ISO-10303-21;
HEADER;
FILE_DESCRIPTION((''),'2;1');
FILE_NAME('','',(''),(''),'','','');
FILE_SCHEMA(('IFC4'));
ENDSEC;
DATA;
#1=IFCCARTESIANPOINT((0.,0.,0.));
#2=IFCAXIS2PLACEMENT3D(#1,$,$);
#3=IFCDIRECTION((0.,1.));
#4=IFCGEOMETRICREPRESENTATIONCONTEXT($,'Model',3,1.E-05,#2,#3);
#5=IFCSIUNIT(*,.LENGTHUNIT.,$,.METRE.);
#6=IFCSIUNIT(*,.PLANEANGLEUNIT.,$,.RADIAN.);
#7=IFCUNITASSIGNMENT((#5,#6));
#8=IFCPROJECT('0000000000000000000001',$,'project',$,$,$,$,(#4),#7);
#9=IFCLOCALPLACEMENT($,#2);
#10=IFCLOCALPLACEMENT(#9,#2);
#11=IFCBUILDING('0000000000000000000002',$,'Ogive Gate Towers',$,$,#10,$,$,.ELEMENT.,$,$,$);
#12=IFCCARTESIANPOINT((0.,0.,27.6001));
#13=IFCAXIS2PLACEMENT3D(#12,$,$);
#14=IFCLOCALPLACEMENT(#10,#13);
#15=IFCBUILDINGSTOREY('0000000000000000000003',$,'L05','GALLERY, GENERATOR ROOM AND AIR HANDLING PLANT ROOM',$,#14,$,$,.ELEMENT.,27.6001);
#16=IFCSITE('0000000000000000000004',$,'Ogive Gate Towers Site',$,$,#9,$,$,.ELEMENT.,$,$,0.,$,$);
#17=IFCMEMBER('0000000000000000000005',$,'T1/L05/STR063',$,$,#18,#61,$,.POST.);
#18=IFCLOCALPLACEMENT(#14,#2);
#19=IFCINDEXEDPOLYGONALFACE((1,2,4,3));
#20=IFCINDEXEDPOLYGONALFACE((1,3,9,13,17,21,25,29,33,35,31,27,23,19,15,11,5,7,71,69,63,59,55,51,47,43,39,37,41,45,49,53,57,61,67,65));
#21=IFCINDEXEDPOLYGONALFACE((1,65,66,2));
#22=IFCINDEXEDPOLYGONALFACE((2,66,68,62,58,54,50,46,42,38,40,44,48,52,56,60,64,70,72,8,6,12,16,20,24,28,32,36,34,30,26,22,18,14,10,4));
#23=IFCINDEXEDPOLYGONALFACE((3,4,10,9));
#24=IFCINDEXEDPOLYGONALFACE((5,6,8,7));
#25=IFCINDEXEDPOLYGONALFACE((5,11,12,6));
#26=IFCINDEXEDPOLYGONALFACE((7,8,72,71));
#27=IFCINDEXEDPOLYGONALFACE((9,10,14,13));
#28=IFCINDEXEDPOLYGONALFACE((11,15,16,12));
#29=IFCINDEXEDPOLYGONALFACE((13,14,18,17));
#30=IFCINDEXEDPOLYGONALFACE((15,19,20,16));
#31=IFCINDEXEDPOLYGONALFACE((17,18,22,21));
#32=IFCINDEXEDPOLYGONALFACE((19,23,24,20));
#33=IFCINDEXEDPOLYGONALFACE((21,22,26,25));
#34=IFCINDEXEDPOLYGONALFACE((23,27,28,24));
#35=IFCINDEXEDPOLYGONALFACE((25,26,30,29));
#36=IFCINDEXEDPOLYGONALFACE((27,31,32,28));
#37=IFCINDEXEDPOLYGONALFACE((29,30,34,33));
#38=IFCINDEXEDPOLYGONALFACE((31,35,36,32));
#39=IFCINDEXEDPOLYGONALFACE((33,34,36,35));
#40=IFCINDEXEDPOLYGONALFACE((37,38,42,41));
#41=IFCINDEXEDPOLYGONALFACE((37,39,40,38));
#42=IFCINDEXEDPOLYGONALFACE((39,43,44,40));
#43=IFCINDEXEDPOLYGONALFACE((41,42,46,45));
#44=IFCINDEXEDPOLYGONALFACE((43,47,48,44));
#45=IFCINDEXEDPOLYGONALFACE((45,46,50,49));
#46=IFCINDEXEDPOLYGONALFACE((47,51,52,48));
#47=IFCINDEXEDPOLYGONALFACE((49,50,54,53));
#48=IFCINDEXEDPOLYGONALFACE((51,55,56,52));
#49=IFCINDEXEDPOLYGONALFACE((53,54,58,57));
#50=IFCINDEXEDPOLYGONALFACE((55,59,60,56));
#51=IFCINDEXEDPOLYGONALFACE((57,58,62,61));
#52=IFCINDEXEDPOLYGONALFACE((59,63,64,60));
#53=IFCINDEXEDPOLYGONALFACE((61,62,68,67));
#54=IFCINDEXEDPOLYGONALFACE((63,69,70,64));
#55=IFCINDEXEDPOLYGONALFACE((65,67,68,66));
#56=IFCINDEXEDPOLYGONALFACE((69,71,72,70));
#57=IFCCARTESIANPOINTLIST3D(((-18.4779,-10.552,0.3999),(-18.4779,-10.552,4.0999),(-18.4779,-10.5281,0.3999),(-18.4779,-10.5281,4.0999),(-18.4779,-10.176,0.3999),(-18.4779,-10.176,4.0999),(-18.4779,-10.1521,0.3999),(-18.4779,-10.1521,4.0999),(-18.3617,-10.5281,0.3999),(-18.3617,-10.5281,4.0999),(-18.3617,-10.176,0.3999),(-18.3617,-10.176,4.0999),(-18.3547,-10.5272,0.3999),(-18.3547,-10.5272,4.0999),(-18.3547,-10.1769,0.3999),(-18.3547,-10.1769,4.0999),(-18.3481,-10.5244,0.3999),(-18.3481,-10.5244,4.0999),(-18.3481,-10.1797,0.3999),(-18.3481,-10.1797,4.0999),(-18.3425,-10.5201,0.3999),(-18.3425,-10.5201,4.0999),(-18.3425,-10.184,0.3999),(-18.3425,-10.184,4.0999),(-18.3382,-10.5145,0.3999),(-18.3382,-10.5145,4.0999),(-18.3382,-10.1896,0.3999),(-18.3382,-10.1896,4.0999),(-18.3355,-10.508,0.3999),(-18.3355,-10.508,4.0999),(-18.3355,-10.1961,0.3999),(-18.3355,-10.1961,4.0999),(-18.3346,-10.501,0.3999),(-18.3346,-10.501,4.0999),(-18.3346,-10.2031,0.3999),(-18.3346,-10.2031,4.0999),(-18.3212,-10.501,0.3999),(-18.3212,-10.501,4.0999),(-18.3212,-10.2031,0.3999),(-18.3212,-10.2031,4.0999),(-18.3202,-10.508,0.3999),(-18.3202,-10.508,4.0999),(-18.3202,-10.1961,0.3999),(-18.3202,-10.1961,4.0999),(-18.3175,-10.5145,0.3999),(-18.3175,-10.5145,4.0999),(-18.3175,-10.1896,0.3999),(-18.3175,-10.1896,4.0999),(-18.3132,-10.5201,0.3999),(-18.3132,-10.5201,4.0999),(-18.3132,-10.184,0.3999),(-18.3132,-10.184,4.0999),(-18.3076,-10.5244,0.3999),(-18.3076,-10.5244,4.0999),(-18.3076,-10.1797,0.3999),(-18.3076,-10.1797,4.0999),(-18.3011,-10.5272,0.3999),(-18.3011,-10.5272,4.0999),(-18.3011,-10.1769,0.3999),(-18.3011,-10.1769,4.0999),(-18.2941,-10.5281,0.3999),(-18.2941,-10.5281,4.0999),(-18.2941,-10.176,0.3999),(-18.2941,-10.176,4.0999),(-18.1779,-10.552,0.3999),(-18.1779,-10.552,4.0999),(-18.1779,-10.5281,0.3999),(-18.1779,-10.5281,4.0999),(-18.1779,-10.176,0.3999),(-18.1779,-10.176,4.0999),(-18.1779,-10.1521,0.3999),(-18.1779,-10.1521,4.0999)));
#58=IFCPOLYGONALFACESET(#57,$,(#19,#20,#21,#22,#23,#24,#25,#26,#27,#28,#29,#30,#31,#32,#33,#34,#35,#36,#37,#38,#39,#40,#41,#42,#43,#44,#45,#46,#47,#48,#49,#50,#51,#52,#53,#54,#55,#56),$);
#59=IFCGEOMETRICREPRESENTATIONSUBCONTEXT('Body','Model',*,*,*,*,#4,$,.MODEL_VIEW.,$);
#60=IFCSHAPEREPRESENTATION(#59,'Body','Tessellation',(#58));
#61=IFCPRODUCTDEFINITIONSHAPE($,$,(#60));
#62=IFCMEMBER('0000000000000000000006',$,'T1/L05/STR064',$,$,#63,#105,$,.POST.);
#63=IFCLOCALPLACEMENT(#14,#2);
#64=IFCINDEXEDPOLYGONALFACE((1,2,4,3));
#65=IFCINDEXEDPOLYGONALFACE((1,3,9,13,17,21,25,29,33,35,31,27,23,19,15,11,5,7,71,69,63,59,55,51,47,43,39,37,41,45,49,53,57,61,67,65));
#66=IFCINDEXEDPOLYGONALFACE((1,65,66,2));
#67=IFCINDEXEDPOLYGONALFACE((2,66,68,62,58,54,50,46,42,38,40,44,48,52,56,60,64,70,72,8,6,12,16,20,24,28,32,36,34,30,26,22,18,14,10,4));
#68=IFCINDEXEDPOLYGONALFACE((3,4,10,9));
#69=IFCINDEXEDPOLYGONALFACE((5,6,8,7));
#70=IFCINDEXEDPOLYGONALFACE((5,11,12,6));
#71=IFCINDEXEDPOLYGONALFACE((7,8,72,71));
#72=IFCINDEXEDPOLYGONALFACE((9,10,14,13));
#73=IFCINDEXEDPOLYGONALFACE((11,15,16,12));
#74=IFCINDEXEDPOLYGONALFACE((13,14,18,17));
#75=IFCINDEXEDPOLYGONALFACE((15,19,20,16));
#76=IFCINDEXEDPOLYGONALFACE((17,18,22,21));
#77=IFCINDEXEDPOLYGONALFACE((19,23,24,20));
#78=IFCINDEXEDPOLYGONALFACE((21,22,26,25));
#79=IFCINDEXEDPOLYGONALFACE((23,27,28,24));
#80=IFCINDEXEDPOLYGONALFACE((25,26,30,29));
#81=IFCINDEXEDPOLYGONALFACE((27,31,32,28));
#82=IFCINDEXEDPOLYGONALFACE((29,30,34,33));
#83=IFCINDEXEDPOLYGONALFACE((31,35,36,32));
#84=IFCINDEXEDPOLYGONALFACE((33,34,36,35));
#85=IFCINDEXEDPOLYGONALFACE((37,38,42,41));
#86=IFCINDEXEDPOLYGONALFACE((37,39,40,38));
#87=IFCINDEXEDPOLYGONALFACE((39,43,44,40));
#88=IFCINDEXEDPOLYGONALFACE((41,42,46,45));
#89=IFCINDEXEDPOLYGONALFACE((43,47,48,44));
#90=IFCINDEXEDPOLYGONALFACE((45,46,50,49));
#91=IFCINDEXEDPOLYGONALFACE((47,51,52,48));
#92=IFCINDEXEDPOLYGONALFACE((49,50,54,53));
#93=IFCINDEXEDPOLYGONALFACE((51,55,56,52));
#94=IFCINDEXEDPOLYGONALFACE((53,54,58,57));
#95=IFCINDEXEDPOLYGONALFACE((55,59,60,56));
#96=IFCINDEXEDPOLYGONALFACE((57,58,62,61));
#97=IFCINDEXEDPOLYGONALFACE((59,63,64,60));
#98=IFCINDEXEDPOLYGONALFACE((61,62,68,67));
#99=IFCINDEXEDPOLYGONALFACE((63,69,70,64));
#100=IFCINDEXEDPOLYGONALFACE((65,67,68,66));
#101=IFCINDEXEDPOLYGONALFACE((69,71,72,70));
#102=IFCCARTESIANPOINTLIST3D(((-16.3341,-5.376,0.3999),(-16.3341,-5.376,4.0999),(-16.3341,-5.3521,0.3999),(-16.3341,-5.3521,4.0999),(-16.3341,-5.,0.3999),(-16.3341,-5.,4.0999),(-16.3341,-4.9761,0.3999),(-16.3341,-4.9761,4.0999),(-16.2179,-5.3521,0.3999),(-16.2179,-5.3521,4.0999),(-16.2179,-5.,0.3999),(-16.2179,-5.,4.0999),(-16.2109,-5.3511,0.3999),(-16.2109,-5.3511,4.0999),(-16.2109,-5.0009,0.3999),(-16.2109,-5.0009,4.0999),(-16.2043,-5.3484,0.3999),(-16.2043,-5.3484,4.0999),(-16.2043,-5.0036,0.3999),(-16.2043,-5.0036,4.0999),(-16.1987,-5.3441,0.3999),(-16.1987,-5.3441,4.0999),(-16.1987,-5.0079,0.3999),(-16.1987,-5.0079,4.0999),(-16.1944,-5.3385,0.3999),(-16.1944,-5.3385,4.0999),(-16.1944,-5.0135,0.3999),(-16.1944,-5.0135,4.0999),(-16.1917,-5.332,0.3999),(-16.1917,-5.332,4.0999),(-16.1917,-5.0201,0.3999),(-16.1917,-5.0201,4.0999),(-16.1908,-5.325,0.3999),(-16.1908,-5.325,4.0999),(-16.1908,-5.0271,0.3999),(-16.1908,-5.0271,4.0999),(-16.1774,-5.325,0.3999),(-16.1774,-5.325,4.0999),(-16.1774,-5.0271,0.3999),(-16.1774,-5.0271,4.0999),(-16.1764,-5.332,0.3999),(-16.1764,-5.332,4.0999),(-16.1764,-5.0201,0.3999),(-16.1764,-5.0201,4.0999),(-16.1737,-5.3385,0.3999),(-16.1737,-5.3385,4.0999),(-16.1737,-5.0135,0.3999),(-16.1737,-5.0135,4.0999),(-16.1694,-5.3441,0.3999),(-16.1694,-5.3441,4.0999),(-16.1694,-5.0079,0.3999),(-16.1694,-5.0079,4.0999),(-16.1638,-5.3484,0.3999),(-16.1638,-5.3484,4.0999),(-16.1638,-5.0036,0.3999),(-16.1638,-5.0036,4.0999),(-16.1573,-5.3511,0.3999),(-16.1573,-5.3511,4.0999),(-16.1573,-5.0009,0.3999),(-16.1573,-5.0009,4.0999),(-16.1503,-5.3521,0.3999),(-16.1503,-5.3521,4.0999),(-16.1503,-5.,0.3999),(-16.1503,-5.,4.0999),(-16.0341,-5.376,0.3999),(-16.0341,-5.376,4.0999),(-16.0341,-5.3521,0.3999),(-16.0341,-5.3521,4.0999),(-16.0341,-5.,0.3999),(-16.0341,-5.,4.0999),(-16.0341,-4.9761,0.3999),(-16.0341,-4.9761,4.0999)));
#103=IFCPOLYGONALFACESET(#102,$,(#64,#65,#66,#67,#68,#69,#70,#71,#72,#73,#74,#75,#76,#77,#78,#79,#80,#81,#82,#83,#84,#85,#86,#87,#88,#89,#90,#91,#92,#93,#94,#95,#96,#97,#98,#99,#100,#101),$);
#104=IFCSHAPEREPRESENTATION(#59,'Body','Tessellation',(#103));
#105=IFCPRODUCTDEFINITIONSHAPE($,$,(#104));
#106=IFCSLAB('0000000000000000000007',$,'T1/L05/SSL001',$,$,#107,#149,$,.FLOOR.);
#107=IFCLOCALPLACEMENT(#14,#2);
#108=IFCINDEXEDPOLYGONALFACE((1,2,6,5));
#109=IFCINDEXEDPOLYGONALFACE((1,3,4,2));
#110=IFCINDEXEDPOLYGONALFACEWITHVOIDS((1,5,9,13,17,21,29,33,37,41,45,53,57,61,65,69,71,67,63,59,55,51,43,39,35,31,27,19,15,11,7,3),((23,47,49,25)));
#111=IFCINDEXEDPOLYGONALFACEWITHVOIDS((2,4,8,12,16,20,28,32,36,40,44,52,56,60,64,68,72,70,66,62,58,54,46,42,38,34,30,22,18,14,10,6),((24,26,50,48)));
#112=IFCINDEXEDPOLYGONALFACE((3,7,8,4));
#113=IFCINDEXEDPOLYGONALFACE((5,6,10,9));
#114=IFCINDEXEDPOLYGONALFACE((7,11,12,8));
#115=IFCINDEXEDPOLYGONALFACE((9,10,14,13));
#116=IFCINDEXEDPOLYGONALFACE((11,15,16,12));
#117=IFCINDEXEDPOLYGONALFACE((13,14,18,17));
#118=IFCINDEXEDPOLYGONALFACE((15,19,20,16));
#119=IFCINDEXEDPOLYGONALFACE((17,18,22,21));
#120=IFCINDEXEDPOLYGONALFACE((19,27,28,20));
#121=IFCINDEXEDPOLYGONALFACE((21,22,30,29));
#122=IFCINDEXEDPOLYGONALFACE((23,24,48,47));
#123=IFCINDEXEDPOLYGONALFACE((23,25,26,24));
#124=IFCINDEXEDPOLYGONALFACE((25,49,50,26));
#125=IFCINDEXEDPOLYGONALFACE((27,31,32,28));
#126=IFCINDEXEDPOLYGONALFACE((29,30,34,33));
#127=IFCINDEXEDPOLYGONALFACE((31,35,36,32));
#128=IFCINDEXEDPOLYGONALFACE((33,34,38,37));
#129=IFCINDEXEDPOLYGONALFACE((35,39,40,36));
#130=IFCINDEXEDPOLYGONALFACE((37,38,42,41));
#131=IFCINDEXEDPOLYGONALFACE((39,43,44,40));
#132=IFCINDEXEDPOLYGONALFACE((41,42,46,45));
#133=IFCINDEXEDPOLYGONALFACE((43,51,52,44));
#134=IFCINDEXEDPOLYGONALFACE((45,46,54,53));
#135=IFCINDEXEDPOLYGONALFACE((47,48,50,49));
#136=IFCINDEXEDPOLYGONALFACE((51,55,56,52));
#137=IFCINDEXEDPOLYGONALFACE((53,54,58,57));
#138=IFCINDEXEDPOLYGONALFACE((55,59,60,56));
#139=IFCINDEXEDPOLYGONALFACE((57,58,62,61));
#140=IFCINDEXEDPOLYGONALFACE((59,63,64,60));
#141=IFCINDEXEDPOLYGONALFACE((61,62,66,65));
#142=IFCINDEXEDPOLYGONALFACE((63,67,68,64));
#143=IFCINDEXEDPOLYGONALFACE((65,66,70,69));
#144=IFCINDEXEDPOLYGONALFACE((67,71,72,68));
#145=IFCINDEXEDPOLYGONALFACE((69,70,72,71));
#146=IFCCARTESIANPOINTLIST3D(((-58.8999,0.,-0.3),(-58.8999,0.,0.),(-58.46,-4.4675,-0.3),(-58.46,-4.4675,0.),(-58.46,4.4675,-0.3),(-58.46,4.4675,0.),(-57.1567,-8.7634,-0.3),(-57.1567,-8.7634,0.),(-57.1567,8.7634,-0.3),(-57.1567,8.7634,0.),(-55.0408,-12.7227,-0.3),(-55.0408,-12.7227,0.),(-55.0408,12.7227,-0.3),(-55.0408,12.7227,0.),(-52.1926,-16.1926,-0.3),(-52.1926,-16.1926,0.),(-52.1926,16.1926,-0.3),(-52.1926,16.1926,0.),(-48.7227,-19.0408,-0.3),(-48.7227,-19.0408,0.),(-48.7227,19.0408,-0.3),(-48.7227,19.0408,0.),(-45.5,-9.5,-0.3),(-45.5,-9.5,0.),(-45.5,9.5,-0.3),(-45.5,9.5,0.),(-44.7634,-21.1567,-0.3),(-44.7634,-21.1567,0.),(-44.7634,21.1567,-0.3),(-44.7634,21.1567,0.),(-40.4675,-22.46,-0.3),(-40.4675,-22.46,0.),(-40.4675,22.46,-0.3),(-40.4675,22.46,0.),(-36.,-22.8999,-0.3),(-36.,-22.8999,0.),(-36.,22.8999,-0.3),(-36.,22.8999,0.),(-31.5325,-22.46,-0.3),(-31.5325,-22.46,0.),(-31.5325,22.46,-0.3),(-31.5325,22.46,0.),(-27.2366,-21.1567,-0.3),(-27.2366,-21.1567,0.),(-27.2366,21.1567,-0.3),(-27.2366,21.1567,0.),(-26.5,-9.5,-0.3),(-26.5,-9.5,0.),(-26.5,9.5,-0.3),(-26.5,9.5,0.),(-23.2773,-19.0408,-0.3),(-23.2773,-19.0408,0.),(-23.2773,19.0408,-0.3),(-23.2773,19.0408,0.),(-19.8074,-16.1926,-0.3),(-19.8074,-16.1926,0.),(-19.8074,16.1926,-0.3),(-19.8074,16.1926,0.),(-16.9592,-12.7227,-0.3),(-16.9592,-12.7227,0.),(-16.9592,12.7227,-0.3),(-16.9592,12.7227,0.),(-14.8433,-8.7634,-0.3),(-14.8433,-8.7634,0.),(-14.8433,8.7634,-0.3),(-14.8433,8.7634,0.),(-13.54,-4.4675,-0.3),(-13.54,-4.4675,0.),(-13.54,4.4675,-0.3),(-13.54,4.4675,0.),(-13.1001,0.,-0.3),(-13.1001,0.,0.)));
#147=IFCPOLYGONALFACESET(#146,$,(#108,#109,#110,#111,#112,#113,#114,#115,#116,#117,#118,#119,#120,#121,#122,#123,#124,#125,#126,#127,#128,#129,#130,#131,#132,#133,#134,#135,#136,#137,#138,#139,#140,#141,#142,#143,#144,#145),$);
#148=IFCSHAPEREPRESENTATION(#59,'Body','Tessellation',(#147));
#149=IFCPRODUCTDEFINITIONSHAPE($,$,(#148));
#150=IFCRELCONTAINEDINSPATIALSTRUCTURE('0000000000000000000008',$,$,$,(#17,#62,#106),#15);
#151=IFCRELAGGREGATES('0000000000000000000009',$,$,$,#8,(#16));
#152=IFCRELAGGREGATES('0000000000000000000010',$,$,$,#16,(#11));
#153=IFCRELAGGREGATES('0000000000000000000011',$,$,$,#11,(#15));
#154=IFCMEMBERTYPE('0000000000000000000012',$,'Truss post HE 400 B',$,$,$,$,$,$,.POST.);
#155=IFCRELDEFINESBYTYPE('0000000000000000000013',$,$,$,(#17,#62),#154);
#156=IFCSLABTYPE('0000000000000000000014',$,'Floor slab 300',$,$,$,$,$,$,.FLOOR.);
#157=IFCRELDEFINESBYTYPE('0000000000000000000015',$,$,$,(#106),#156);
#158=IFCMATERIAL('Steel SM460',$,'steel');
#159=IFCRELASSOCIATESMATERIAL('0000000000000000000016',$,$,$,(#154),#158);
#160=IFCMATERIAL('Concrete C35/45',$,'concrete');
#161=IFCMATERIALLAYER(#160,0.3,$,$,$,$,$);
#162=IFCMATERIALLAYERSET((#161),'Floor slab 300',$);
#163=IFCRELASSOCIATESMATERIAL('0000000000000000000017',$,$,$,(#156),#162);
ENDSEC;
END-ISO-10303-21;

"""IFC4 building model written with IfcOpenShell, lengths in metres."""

from ifc_helpers import new_model, si_unit, direction, frame, origin, origin_2d, place, context, subcontext, project, spatial, polyline, i_section, outline, extrude, material, layer, layer_set, material_profile, profile_set, type_object, element, save


model = new_model("IFC4")

# Units and contexts
model_context = context("Model", 3, precision=1e-05, world=origin(), true_north=direction((0.0, 1.0)))
body_context = subcontext(model_context, "Body", "Model", "MODEL_VIEW")
ifc_project = project(units=[si_unit("LENGTHUNIT", "METRE"), si_unit("PLANEANGLEUNIT", "RADIAN")], contexts=[model_context])

# Site, building, storey
site_placement = place(None, origin())
site = spatial("IfcSite", under=ifc_project, at=site_placement, Name="Ogive Gate Towers Site", CompositionType="ELEMENT", RefElevation=0.0)
building_placement = place(site_placement, origin())
building = spatial("IfcBuilding", under=site, at=building_placement, Name="Ogive Gate Towers", CompositionType="ELEMENT")
storey_placement = place(building_placement, frame((0.0, 0.0, 27.6001)))
storey = spatial("IfcBuildingStorey", under=building, at=storey_placement, Name="L05", Description="GALLERY, GENERATOR ROOM AND AIR HANDLING PLANT ROOM", CompositionType="ELEMENT", Elevation=27.6001)

# Shared definitions
ifc_material_1 = material(Name="Steel SM460", Category="steel")

# Members
ifc_material_profile_1 = material_profile(ifc_material_1, i_section(OverallWidth=0.3, OverallDepth=0.3999, WebThickness=0.0134, FlangeThickness=0.0239, FilletRadius=0.0271, at=origin_2d()), Name="HE 400 B")
ifc_profile_set_1 = profile_set([ifc_material_profile_1], Name="Steel SM460")
member_type_1 = type_object("IfcMemberType", Name="Truss post HE 400 B", PredefinedType="POST", material=ifc_profile_set_1)
for number, where, z_axis, x_axis, name in (
    (1, (-18.3279, -10.3521, 0.3999), (0.0, 0.0, 1.0), (1.0, 0.0, 0.0), "T1/L05/STR063"),
    (2, (-16.1841, -5.176, 0.3999), (0.0, 0.0, 1.0), (1.0, 0.0, 0.0), "T1/L05/STR064"),
):
    element("IfcMember", number, at=place(storey_placement, frame(where, z_axis=z_axis, x_axis=x_axis)), inside=storey, type_object=member_type_1, Name=name, PredefinedType="POST", context=body_context, shape_type="SweptSolid", body=[
        extrude(i_section(OverallWidth=0.3, OverallDepth=0.3999, WebThickness=0.0134, FlangeThickness=0.0239, FilletRadius=0.0271, at=origin_2d()), origin(), (0.0, 0.0, 1.0), 3.7),
    ])

# Slab
ifc_material_2 = material(Name="Concrete C35/45", Category="concrete")
ifc_layer_1 = layer(ifc_material_2, 0.3)
ifc_layer_set_1 = layer_set([ifc_layer_1], Name="Floor slab 300")
slab_type_1 = type_object("IfcSlabType", Name="Floor slab 300", PredefinedType="FLOOR", material=ifc_layer_set_1)
slab_1_placement = place(storey_placement, frame((0.0, 0.0, -0.3)))
element("IfcSlab", 3, at=slab_1_placement, inside=storey, type_object=slab_type_1, Name="T1/L05/SSL001", PredefinedType="FLOOR", context=body_context, shape_type="SweptSolid", body=[
    extrude(outline(polyline([(-13.54, -4.4675), (-13.1001, 0.0), (-13.54, 4.4675), (-14.8433, 8.7634), (-16.9592, 12.7227), (-19.8074, 16.1926), (-23.2773, 19.0408), (-27.2366, 21.1567), (-31.5325, 22.46), (-36.0, 22.8999), (-40.4675, 22.46), (-44.7634, 21.1567), (-48.7227, 19.0408), (-52.1926, 16.1926), (-55.0408, 12.7227), (-57.1567, 8.7634), (-58.46, 4.4675), (-58.8999, 0.0), (-58.46, -4.4675), (-57.1567, -8.7634), (-55.0408, -12.7227), (-52.1926, -16.1926), (-48.7227, -19.0408), (-44.7634, -21.1567), (-40.4675, -22.46), (-36.0, -22.8999), (-31.5325, -22.46), (-27.2366, -21.1567), (-23.2773, -19.0408), (-19.8074, -16.1926), (-16.9592, -12.7227), (-14.8433, -8.7634), (-13.54, -4.4675)]), holes=[polyline([(-26.5, -9.5), (-45.5, -9.5), (-45.5, 9.5), (-26.5, 9.5), (-26.5, -9.5)])]), origin(), (0.0, 0.0, 1.0), 0.3),
])

save(model, "model.ifc")
